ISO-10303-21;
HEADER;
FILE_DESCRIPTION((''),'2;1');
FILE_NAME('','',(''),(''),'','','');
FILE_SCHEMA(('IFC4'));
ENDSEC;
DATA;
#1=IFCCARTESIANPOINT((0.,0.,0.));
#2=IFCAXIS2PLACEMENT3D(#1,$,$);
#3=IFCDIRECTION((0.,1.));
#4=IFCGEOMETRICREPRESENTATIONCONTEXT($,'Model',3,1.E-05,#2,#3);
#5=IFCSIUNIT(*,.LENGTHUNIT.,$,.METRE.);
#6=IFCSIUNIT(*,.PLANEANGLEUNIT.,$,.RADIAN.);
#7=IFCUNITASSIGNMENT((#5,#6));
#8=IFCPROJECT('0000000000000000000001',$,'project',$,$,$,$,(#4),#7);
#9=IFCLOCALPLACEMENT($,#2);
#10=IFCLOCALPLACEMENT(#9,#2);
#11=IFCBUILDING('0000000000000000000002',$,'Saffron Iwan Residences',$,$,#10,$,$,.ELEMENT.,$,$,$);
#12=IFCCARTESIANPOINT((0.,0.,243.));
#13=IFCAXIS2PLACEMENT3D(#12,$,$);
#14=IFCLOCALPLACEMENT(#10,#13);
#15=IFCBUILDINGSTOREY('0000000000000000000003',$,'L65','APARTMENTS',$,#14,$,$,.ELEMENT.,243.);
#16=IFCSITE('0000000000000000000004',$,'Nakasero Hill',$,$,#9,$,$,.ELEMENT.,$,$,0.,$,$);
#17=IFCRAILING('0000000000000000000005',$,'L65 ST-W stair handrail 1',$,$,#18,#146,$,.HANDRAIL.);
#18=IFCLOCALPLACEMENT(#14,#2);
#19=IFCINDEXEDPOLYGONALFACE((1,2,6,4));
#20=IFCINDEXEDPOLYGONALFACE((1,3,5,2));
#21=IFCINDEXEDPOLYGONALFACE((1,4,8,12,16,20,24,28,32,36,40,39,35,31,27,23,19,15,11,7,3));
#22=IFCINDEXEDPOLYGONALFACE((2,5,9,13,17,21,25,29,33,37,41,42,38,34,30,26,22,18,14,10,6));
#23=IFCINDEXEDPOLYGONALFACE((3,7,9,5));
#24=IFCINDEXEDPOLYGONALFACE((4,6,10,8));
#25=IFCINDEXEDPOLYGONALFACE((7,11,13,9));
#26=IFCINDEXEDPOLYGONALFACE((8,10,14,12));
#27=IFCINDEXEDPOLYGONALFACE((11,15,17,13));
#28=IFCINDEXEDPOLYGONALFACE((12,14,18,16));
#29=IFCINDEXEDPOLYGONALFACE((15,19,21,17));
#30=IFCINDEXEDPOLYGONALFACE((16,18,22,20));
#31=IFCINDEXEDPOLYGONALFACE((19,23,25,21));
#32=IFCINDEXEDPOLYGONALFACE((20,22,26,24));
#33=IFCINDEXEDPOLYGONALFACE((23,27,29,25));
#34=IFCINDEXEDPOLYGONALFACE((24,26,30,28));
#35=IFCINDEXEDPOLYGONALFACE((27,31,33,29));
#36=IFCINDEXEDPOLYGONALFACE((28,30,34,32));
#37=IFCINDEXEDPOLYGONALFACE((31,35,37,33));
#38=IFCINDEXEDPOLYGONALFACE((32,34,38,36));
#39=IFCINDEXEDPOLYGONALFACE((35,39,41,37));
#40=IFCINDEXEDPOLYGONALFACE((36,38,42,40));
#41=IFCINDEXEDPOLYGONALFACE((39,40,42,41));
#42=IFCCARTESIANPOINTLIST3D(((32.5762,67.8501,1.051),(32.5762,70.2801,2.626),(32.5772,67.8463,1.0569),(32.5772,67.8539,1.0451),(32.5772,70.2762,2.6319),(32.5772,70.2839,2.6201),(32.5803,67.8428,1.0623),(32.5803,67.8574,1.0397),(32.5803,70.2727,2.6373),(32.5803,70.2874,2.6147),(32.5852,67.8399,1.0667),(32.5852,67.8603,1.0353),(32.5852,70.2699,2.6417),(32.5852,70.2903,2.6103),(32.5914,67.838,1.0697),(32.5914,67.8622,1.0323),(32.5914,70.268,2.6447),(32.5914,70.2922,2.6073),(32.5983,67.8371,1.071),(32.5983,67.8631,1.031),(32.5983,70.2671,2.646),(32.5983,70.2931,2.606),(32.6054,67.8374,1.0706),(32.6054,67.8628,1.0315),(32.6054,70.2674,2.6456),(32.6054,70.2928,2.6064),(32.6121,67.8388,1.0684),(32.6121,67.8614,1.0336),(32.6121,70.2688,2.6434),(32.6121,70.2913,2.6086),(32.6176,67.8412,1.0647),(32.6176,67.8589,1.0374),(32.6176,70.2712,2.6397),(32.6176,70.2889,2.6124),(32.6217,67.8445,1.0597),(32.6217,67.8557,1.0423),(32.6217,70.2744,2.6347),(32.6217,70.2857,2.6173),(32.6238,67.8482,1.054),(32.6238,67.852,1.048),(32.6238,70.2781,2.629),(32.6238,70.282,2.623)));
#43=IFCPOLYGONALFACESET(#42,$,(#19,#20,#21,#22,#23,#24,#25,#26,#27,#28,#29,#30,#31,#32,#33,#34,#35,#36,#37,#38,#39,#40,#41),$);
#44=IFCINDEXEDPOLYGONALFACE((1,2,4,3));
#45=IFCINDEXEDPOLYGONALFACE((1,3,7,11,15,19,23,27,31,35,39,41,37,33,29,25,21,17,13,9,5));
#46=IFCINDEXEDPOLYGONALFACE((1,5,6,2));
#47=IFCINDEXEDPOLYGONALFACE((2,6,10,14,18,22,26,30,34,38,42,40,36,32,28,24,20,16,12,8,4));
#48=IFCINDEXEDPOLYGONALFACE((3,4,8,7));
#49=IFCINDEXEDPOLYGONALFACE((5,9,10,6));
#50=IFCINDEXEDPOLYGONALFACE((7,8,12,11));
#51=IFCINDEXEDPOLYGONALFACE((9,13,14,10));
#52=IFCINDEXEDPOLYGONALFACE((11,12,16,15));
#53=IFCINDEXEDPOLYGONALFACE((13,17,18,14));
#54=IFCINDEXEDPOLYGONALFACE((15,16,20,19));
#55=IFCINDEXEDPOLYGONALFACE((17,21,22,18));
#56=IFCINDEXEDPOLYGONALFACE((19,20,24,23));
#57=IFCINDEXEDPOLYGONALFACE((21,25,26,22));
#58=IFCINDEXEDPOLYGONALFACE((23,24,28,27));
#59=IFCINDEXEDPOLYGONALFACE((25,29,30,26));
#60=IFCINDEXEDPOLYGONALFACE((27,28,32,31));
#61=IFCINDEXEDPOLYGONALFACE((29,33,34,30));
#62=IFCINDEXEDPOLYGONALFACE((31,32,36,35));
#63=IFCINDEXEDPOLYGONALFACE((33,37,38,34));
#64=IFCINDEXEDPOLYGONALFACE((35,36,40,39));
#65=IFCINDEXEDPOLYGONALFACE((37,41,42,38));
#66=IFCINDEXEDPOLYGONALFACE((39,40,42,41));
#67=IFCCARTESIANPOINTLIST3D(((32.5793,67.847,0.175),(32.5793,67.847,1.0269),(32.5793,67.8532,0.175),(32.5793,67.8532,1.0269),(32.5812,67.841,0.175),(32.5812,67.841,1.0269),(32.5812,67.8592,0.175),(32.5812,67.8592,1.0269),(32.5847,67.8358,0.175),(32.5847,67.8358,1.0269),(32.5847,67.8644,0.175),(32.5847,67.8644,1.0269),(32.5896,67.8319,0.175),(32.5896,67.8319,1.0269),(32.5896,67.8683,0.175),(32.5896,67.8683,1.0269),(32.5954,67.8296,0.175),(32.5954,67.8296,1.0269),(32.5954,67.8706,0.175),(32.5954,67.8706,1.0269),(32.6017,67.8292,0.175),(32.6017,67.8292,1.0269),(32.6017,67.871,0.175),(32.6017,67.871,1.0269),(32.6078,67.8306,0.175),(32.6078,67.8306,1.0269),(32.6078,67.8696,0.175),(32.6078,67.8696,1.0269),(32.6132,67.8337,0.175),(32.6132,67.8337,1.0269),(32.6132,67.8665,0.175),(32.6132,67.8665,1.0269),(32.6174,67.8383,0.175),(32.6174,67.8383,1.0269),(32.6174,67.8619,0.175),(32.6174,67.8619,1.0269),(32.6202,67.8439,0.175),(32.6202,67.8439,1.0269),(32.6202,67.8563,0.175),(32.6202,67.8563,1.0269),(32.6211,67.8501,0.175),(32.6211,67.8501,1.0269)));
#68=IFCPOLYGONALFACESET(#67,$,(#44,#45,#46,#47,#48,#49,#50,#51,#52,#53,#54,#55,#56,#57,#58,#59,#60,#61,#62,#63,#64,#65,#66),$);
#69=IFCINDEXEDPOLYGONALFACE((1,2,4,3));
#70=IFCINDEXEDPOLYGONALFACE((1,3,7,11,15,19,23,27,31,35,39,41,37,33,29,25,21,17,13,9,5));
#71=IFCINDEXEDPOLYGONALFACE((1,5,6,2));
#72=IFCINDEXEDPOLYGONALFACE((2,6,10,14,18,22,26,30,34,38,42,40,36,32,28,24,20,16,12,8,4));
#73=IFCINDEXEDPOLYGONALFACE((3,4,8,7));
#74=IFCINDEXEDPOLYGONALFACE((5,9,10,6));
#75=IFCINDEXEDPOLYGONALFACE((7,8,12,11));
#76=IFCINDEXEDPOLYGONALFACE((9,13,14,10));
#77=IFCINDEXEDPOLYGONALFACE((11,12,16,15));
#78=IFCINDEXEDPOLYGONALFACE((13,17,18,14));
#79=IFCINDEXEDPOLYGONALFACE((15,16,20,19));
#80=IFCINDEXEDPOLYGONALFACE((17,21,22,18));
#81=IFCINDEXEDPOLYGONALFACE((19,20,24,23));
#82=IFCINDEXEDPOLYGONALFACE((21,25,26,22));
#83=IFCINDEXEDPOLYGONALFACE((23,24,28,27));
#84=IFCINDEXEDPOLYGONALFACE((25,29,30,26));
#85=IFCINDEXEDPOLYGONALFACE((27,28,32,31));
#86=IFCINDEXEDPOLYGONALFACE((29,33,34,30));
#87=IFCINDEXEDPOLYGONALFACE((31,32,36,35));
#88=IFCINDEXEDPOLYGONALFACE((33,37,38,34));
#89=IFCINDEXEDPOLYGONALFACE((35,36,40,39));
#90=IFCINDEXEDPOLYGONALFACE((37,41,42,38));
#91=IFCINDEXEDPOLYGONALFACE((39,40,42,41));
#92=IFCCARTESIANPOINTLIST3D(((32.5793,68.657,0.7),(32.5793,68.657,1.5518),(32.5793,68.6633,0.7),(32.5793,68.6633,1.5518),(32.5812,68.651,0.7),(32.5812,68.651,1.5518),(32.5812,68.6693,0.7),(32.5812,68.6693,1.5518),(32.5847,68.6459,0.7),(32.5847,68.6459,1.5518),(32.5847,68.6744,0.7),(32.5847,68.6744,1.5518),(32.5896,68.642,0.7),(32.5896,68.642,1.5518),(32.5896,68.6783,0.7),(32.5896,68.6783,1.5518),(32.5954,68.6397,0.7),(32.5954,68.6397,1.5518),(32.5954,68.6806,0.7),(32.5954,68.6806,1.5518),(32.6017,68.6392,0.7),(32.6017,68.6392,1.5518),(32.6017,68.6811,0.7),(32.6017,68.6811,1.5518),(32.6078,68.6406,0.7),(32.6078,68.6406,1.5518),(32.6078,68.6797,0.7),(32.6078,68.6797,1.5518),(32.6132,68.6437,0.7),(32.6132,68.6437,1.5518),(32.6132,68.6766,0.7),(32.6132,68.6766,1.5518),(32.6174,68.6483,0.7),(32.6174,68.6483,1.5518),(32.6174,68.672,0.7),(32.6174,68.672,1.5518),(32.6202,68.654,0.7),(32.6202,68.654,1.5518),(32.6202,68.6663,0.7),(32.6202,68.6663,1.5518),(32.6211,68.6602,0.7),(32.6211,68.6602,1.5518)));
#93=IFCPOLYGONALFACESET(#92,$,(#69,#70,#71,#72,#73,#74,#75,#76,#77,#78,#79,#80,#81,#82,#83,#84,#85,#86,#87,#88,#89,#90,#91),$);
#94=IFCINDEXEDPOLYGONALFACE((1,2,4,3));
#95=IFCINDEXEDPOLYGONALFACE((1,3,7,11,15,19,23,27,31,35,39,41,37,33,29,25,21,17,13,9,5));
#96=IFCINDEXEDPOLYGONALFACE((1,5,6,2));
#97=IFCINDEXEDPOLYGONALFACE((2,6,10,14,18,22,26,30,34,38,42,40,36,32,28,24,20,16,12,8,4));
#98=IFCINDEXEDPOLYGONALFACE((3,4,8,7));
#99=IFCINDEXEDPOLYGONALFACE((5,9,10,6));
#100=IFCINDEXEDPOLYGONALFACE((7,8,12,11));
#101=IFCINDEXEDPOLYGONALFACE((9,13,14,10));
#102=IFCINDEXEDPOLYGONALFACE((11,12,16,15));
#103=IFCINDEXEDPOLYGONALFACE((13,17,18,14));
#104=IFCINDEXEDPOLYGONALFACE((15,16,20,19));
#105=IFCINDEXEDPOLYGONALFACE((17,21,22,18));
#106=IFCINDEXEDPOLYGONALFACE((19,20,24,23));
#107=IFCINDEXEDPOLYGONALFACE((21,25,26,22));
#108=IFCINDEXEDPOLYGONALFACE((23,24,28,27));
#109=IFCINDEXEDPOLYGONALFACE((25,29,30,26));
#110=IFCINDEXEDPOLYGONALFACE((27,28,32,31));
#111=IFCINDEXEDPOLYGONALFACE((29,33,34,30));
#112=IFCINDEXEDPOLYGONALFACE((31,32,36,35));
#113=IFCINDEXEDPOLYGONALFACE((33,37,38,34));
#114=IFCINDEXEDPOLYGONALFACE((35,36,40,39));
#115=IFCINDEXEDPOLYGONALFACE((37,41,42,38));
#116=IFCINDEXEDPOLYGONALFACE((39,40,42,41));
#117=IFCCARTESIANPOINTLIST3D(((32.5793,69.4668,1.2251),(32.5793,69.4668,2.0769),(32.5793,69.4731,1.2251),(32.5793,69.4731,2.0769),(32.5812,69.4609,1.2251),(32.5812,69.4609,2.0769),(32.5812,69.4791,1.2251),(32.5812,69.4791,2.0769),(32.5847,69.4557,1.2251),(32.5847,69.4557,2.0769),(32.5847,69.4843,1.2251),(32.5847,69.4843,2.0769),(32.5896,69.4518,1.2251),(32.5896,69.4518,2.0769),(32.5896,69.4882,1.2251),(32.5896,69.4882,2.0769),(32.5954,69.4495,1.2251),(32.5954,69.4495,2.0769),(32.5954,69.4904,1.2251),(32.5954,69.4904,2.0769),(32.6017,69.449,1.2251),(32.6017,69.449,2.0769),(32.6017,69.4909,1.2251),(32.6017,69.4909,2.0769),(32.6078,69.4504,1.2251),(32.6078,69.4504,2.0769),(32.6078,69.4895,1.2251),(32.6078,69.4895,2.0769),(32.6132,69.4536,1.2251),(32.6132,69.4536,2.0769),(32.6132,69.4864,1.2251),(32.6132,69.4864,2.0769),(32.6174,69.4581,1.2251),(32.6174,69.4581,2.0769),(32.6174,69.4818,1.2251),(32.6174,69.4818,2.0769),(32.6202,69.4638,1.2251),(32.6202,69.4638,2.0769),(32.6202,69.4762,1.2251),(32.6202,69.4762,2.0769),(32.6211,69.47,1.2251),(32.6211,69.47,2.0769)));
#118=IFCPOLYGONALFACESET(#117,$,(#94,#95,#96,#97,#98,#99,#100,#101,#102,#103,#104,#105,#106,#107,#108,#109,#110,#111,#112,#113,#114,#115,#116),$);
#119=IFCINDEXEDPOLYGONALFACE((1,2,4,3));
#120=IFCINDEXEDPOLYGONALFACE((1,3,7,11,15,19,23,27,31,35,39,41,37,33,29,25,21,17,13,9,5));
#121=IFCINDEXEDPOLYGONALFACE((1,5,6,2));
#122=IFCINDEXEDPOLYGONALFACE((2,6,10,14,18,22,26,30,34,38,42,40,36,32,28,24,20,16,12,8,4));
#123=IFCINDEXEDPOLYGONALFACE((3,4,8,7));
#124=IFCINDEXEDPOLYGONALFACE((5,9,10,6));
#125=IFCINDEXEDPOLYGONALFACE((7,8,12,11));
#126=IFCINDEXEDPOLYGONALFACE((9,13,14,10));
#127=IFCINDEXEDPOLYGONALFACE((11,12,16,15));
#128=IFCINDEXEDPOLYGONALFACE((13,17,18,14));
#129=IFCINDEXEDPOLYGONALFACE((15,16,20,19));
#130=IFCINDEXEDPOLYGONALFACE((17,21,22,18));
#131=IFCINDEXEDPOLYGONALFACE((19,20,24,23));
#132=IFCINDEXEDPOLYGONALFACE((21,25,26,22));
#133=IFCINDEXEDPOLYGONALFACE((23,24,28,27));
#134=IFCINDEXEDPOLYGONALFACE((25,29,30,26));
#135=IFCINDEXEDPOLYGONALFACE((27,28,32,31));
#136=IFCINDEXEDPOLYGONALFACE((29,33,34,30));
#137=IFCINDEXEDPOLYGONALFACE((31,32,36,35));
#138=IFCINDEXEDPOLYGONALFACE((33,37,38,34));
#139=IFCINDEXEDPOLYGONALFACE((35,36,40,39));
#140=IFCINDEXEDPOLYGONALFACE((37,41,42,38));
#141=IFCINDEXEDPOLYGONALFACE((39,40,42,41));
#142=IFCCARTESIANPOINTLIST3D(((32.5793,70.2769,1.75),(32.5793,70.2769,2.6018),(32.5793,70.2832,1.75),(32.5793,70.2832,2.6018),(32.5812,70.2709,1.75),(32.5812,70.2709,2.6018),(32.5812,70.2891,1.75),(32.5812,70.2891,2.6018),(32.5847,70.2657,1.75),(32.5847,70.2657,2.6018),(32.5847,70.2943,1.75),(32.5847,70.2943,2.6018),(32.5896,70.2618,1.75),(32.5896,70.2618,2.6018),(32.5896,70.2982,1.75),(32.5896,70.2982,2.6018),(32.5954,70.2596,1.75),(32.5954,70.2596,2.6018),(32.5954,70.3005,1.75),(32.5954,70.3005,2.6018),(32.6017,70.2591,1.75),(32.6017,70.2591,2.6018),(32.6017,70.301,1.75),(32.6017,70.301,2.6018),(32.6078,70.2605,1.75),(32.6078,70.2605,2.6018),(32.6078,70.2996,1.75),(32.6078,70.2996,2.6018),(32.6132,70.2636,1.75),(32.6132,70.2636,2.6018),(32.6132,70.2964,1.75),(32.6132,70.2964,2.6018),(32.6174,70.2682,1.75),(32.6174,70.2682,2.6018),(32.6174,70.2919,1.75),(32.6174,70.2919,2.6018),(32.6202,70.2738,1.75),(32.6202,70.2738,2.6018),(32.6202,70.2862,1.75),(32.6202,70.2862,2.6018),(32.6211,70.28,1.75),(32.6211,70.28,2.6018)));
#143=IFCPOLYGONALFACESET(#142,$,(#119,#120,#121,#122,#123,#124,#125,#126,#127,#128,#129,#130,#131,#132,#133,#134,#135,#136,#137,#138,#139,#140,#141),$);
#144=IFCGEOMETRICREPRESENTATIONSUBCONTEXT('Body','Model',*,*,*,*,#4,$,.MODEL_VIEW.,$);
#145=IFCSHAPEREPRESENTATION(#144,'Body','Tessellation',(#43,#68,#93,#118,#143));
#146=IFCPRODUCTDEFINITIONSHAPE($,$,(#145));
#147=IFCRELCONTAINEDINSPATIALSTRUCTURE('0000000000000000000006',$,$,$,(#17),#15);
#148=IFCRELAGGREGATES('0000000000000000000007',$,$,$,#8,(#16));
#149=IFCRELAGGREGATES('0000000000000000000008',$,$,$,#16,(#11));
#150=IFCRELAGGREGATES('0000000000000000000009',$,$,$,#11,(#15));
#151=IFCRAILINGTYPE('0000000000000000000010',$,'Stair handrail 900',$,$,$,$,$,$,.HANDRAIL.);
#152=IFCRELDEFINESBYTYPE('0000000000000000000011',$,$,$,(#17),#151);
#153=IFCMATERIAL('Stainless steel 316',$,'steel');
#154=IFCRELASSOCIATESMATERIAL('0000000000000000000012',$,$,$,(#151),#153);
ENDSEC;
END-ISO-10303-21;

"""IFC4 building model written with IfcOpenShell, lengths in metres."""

from ifc_helpers import new_model, si_unit, direction, frame, origin, origin_2d, place, context, subcontext, project, spatial, circle, extrude, material, type_object, element, save


model = new_model("IFC4")

# Units and contexts
model_context = context("Model", 3, precision=1e-05, world=origin(), true_north=direction((0.0, 1.0)))
body_context = subcontext(model_context, "Body", "Model", "MODEL_VIEW")
ifc_project = project(units=[si_unit("LENGTHUNIT", "METRE"), si_unit("PLANEANGLEUNIT", "RADIAN")], contexts=[model_context])

# Site, building, storey
site_placement = place(None, origin())
site = spatial("IfcSite", under=ifc_project, at=site_placement, Name="Nakasero Hill", CompositionType="ELEMENT", RefElevation=0.0)
building_placement = place(site_placement, origin())
building = spatial("IfcBuilding", under=site, at=building_placement, Name="Saffron Iwan Residences", CompositionType="ELEMENT")
storey_placement = place(building_placement, frame((0.0, 0.0, 243.0)))
storey = spatial("IfcBuildingStorey", under=building, at=storey_placement, Name="L65", Description="APARTMENTS", CompositionType="ELEMENT", Elevation=243.0)

# Railing
ifc_material_1 = material(Name="Stainless steel 316", Category="steel")
railing_type = type_object("IfcRailingType", Name="Stair handrail 900", PredefinedType="HANDRAIL", material=ifc_material_1)
railing_placement = place(storey_placement, frame((32.6001, 67.8501, 0.175)))
element("IfcRailing", 1, at=railing_placement, inside=storey, type_object=railing_type, Name="L65 ST-W stair handrail 1", PredefinedType="HANDRAIL", context=body_context, shape_type="SweptSolid", body=[
    extrude(circle(Radius=0.0239, at=origin_2d()), frame((0.0, 0.0, 0.876), z_axis=(0.0, 0.839154, 0.543894), x_axis=(-1.0, 0.0, 0.0)), (0.0, 0.0, 1.0), 2.8958),
    extrude(circle(Radius=0.021, at=origin_2d()), origin(), (0.0, 0.0, 1.0), 0.8518),
    extrude(circle(Radius=0.021, at=origin_2d()), frame((0.0, 0.8101, 0.5249)), (0.0, 0.0, 1.0), 0.8518),
    extrude(circle(Radius=0.021, at=origin_2d()), frame((0.0, 1.6199, 1.05)), (0.0, 0.0, 1.0), 0.8518),
    extrude(circle(Radius=0.021, at=origin_2d()), frame((0.0, 2.4299, 1.575)), (0.0, 0.0, 1.0), 0.8518),
])

save(model, "model.ifc")
